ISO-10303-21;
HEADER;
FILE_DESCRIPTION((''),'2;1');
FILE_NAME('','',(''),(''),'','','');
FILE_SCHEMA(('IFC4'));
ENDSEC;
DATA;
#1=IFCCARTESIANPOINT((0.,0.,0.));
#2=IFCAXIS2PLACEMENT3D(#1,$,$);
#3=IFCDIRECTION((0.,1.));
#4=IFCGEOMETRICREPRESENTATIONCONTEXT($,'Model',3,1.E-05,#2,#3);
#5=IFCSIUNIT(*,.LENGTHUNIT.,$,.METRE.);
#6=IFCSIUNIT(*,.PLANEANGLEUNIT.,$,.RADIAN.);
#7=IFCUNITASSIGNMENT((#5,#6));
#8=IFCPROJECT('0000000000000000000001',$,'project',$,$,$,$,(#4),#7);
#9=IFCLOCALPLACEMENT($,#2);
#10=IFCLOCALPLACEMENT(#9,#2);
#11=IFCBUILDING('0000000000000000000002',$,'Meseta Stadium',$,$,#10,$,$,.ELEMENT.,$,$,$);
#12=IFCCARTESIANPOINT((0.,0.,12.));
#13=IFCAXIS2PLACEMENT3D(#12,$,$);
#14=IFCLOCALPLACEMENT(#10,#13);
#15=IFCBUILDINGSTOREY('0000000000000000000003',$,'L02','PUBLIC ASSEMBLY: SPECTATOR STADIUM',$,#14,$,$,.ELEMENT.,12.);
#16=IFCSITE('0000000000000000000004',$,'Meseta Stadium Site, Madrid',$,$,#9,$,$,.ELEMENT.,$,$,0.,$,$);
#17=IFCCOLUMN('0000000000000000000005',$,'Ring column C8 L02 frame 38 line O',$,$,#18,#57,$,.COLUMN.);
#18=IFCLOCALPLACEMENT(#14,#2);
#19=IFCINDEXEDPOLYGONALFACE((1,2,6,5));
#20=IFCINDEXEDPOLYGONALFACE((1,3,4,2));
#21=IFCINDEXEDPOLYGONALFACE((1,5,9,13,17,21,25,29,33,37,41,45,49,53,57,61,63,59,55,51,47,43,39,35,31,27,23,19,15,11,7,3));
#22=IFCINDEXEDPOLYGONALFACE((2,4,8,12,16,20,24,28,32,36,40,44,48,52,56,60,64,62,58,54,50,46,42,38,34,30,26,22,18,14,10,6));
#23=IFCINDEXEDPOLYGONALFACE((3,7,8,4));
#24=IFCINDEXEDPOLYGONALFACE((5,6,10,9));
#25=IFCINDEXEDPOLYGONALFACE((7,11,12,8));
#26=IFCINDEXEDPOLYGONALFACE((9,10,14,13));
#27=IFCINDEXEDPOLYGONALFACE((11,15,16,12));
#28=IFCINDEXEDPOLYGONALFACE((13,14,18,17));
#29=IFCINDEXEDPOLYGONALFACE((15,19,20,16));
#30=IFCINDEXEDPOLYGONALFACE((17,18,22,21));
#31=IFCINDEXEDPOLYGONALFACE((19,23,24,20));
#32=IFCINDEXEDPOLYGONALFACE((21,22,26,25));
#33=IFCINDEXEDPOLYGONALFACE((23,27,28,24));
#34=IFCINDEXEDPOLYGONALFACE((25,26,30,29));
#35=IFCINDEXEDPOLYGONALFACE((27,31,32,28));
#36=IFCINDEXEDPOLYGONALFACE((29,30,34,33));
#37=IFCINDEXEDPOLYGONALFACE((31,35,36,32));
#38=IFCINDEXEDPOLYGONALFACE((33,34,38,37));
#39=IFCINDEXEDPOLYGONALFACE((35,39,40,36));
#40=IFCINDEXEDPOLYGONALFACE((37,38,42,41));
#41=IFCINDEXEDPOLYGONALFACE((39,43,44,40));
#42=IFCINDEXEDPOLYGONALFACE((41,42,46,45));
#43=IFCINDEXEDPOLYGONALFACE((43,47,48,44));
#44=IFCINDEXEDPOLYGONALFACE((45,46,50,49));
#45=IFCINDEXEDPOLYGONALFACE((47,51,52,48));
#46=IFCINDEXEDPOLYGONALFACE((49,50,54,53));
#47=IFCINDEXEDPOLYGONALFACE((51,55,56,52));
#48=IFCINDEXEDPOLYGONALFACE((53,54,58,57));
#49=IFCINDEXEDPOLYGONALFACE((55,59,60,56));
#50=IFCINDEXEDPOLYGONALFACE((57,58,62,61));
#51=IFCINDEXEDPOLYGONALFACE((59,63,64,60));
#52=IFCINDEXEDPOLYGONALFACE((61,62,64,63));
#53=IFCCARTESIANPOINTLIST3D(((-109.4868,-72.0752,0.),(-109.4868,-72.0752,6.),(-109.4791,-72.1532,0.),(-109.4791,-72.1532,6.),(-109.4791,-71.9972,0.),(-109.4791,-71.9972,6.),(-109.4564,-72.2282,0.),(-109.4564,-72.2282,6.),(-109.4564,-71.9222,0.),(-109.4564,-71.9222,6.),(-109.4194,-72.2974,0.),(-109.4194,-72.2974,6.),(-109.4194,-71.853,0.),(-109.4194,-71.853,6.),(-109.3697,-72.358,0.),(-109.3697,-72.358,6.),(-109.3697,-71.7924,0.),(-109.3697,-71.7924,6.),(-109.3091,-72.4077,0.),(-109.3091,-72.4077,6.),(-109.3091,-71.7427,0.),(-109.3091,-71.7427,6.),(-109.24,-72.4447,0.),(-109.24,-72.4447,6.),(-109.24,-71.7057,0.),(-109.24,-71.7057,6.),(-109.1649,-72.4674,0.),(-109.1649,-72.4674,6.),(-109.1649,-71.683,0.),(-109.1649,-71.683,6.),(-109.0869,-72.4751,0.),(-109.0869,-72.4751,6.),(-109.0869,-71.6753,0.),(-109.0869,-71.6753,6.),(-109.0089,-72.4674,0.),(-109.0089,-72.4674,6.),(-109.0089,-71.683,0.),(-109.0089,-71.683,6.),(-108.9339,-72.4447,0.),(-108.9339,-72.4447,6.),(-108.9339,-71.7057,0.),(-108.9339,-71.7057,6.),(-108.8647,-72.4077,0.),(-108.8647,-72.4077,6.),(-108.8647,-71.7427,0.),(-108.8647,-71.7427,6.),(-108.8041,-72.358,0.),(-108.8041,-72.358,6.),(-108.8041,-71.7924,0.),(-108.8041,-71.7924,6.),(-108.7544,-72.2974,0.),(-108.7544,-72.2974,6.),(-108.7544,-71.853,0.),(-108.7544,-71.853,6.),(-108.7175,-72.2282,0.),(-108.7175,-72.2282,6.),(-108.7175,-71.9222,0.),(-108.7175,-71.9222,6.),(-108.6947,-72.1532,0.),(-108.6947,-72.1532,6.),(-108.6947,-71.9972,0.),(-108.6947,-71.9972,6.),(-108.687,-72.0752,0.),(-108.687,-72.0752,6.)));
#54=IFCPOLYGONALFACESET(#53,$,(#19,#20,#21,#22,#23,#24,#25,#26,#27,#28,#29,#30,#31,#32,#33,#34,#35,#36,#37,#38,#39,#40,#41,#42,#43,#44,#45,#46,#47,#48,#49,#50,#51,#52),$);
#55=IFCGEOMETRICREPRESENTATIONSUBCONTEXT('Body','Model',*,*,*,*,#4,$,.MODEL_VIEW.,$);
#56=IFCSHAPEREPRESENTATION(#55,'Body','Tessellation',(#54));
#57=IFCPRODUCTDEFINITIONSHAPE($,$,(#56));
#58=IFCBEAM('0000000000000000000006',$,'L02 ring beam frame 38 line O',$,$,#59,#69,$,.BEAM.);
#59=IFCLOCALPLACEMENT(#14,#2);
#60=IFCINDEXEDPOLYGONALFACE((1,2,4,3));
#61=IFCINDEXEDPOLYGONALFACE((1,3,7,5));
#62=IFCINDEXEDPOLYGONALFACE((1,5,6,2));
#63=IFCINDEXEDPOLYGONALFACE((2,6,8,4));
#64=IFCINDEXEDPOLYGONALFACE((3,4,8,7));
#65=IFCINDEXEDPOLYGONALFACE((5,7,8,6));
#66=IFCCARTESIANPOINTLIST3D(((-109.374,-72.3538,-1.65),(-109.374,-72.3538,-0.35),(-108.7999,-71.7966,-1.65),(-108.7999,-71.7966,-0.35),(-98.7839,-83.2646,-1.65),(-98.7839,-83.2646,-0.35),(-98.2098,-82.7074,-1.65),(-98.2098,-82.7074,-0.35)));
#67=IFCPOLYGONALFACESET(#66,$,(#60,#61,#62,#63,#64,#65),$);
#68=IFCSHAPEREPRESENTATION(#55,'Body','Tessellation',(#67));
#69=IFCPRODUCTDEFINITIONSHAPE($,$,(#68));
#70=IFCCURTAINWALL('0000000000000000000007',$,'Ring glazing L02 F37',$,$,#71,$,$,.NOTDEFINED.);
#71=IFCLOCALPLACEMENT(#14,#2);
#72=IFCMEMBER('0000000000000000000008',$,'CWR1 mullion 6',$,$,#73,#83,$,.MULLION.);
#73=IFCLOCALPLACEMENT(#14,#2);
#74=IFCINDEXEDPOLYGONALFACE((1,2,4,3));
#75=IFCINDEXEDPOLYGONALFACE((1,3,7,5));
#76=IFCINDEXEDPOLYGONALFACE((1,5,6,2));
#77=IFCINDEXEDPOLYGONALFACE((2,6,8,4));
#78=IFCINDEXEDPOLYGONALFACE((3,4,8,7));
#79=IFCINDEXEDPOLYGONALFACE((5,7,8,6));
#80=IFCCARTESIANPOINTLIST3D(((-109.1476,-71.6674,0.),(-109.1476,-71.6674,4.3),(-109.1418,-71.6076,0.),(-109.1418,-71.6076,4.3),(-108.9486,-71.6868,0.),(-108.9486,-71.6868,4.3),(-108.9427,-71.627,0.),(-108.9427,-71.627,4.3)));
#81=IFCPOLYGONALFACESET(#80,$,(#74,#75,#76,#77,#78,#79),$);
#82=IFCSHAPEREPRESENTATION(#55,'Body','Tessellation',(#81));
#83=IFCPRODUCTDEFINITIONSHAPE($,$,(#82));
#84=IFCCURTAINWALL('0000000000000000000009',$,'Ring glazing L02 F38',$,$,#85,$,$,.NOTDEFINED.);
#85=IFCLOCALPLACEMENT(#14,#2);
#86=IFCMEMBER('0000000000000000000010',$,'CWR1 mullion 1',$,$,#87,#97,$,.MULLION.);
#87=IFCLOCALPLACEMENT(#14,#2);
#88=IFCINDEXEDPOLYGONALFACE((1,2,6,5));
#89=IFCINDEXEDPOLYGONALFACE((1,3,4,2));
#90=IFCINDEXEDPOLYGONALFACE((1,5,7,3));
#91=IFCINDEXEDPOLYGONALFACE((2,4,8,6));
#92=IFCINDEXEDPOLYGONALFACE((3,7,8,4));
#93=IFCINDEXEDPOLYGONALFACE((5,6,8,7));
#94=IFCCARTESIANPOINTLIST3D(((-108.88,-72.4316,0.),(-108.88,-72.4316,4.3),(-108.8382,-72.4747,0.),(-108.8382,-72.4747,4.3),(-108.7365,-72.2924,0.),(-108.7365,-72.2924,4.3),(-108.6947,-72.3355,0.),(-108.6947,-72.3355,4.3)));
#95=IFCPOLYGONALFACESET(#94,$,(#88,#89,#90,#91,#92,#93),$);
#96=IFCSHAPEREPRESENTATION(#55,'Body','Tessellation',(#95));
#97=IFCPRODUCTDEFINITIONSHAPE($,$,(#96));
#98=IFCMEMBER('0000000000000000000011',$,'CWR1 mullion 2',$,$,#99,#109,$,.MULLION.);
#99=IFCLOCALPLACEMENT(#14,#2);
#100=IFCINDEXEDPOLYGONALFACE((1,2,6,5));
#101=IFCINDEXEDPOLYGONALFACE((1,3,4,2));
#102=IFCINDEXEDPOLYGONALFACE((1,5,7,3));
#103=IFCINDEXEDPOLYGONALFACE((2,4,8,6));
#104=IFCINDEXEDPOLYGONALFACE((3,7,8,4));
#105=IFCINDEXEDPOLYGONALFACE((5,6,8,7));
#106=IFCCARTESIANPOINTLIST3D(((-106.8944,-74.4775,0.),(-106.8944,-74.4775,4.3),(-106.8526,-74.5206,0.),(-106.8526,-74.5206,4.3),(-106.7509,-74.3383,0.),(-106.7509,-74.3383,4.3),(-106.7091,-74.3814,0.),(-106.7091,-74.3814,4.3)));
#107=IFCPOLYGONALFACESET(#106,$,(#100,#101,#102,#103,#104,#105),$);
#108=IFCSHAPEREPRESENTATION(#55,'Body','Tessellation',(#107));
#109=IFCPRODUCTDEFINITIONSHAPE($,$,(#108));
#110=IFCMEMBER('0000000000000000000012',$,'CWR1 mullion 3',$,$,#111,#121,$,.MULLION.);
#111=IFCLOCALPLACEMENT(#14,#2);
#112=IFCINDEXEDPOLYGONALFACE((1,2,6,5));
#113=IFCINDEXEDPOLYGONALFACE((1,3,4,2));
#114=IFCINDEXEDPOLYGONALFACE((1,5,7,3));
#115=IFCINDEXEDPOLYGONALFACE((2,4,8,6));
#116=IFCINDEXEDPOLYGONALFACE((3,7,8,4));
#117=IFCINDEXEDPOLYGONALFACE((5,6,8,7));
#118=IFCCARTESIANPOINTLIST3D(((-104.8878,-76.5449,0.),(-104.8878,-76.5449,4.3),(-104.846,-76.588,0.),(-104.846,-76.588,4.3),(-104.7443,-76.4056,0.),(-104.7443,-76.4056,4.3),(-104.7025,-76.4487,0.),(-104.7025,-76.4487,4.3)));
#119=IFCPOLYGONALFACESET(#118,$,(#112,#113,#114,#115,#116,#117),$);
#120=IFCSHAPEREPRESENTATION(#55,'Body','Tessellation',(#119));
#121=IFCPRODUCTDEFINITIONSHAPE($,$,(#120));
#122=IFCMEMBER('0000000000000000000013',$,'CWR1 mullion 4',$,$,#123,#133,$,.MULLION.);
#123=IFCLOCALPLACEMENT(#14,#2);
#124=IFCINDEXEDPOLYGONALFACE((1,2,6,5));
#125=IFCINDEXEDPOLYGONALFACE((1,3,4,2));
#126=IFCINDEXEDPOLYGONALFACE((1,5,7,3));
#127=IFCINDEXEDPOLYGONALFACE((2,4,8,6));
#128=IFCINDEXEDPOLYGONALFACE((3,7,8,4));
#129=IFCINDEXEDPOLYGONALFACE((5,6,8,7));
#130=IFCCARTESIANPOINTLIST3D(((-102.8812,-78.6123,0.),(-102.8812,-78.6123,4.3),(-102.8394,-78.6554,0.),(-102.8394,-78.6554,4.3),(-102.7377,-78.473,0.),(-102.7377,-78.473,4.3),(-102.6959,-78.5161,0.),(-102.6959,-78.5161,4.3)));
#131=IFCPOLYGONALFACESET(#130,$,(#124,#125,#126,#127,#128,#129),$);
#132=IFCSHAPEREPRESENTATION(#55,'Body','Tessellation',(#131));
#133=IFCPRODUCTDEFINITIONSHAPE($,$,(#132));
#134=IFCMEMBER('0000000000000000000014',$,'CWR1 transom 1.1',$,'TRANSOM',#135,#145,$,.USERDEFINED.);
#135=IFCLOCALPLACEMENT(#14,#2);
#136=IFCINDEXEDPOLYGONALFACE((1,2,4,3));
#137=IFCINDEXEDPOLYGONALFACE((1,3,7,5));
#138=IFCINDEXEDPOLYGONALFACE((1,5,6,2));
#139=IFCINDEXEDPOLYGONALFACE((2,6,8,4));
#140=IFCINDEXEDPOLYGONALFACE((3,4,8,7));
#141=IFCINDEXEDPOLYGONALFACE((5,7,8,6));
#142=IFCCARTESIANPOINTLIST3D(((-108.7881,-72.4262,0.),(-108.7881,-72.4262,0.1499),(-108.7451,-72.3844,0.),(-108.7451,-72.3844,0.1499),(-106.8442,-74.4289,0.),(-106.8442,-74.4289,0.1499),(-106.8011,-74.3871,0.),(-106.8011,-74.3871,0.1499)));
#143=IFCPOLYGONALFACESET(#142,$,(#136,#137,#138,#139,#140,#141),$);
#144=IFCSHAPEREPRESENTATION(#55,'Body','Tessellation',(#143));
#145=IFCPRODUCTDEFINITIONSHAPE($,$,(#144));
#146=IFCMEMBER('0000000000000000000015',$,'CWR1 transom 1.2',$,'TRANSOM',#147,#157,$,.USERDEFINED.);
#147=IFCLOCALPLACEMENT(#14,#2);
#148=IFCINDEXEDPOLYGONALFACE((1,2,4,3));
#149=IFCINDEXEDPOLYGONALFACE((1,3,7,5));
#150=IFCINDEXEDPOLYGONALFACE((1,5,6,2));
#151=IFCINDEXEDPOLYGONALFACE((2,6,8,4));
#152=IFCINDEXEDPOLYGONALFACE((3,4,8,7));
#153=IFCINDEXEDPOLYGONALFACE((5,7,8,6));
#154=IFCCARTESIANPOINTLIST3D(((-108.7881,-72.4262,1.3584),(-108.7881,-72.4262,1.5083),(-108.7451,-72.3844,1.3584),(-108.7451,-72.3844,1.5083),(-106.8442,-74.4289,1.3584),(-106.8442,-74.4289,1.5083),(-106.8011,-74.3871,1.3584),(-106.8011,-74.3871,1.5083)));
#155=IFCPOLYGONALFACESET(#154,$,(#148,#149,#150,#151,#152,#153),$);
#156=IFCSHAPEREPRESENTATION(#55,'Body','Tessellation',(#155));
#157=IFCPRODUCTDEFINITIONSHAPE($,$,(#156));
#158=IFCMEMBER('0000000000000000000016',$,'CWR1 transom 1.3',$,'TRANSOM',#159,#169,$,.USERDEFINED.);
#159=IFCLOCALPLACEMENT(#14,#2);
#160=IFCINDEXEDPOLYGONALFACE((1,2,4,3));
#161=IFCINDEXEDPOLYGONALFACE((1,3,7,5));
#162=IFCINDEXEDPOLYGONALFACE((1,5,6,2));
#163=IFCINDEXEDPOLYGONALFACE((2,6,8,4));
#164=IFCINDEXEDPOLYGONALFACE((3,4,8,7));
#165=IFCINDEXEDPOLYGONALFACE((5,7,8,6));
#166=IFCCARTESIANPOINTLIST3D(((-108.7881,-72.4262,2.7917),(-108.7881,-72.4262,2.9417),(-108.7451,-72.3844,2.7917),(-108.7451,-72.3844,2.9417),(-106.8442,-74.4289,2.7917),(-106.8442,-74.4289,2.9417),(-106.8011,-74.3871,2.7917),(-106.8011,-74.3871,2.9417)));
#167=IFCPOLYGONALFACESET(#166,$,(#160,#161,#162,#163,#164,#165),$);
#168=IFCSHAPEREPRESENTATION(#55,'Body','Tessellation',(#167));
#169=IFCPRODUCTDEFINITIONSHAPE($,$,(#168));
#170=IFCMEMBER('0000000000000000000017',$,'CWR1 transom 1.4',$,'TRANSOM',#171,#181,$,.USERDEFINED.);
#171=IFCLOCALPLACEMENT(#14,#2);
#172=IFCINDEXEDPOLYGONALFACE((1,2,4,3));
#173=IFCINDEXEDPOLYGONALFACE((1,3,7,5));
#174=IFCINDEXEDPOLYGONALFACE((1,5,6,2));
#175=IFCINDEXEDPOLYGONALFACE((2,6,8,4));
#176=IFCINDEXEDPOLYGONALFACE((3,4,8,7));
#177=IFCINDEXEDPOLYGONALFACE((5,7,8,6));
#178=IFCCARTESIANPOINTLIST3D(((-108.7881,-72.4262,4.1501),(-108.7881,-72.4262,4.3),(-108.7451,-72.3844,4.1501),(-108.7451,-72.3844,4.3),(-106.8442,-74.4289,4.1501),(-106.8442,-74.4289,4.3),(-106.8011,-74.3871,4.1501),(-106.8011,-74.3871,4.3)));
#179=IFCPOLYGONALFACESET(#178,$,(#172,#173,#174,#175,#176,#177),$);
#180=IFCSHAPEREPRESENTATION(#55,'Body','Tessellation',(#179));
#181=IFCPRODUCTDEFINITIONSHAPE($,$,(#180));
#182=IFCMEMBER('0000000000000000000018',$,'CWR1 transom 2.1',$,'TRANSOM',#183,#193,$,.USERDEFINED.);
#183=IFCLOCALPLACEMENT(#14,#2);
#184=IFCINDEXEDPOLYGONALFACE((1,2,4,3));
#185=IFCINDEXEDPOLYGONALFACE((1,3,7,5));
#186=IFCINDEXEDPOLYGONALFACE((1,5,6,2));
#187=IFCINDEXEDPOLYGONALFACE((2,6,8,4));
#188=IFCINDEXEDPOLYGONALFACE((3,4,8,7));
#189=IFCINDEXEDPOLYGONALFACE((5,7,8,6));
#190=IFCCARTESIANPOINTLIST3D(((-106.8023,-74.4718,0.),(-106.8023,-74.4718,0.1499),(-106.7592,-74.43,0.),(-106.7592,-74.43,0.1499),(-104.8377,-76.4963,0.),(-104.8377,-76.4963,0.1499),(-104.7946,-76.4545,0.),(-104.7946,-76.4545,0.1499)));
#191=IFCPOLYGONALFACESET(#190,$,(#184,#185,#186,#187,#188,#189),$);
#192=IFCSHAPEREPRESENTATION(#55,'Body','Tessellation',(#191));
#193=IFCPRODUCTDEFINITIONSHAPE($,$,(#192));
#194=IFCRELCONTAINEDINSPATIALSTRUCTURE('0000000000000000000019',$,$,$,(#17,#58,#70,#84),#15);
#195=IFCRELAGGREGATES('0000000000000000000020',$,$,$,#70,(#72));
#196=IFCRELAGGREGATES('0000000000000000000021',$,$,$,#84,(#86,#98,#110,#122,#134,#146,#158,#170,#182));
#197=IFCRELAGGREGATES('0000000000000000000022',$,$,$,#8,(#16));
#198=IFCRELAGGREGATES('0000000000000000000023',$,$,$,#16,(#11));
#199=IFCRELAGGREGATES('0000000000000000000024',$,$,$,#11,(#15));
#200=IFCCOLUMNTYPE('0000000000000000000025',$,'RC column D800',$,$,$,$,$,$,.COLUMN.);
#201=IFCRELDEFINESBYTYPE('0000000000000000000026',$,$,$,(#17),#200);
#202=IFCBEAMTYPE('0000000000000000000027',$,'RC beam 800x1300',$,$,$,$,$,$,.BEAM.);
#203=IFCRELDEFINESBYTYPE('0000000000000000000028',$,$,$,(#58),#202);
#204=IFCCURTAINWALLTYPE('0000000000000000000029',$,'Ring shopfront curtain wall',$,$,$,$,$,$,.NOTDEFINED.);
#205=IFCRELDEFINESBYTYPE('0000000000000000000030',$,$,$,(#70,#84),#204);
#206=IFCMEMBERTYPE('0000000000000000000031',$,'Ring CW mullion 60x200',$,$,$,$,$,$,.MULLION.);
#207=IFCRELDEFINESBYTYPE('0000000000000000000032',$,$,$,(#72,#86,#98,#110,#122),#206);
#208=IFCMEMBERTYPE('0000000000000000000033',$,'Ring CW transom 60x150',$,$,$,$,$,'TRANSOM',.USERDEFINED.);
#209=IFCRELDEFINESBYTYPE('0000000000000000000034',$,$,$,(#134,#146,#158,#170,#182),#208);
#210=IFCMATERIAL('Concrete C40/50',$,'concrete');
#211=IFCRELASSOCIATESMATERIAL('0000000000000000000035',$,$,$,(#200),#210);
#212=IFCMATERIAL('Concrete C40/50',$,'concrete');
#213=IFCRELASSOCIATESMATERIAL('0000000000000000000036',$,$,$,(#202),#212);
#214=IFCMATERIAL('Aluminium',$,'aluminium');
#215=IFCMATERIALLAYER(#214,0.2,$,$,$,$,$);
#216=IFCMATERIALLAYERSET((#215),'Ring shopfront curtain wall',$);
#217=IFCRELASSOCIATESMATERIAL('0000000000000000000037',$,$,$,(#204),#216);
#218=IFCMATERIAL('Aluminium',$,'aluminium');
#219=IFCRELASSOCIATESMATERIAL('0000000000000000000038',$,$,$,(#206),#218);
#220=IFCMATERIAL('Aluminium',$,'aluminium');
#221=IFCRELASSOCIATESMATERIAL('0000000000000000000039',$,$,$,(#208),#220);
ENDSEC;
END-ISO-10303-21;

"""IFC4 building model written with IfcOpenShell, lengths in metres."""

from ifc_helpers import new_model, si_unit, direction, frame, origin, origin_2d, place, context, subcontext, project, spatial, rectangle, circle, extrude, material, layer, layer_set, material_profile, profile_set, type_object, element, aggregate, save


model = new_model("IFC4")

# Units and contexts
model_context = context("Model", 3, precision=1e-05, world=origin(), true_north=direction((0.0, 1.0)))
body_context = subcontext(model_context, "Body", "Model", "MODEL_VIEW")
ifc_project = project(units=[si_unit("LENGTHUNIT", "METRE"), si_unit("PLANEANGLEUNIT", "RADIAN")], contexts=[model_context])

# Site, building, storey
site_placement = place(None, origin())
site = spatial("IfcSite", under=ifc_project, at=site_placement, Name="Meseta Stadium Site, Madrid", CompositionType="ELEMENT", RefElevation=0.0)
building_placement = place(site_placement, origin())
building = spatial("IfcBuilding", under=site, at=building_placement, Name="Meseta Stadium", CompositionType="ELEMENT")
storey_placement = place(building_placement, frame((0.0, 0.0, 12.0)))
storey = spatial("IfcBuildingStorey", under=building, at=storey_placement, Name="L02", Description="PUBLIC ASSEMBLY: SPECTATOR STADIUM", CompositionType="ELEMENT", Elevation=12.0)

# Column
ifc_material_1 = material(Name="Concrete C40/50", Category="concrete")
ifc_material_profile_1 = material_profile(ifc_material_1, circle(Radius=0.3999, at=origin_2d()), Name="RC D800")
ifc_profile_set_1 = profile_set([ifc_material_profile_1], Name="Concrete C40/50")
column_type = type_object("IfcColumnType", Name="RC column D800", PredefinedType="COLUMN", material=ifc_profile_set_1)
column_placement = place(storey_placement, frame((-109.0869, -72.0752, 0.0), z_axis=(0.0, 0.0, 1.0), x_axis=(1.0, 0.0, 0.0)))
element("IfcColumn", 1, at=column_placement, inside=storey, type_object=column_type, Name="Ring column C8 L02 frame 38 line O", PredefinedType="COLUMN", context=body_context, shape_type="SweptSolid", body=[
    extrude(circle(Radius=0.3999, at=origin_2d()), origin(), (0.0, 0.0, 1.0), 6.0),
])

# Beam
ifc_material_2 = material(Name="Concrete C40/50", Category="concrete")
ifc_material_profile_2 = material_profile(ifc_material_2, rectangle(XDim=0.8, YDim=1.3, at=origin_2d()), Name="RC 800x1300")
ifc_profile_set_2 = profile_set([ifc_material_profile_2], Name="Concrete C40/50")
beam_type = type_object("IfcBeamType", Name="RC beam 800x1300", PredefinedType="BEAM", material=ifc_profile_set_2)
beam_placement = place(storey_placement, frame((-109.0869, -72.0752, -1.0), z_axis=(0.696479, -0.717577, 0.0), x_axis=(0.717577, 0.696479, 0.0)))
element("IfcBeam", 2, at=beam_placement, inside=storey, type_object=beam_type, Name="L02 ring beam frame 38 line O", PredefinedType="BEAM", context=body_context, shape_type="SweptSolid", body=[
    extrude(rectangle(XDim=0.8, YDim=1.3, at=origin_2d()), origin(), (0.0, 0.0, 1.0), 15.2051),
])

# Curtain wall, member
ifc_material_3 = material(Name="Aluminium", Category="aluminium")
ifc_layer_1 = layer(ifc_material_3, 0.2)
ifc_layer_set_1 = layer_set([ifc_layer_1], Name="Ring shopfront curtain wall")
curtain_wall_type = type_object("IfcCurtainWallType", Name="Ring shopfront curtain wall", PredefinedType="NOTDEFINED", material=ifc_layer_set_1)
curtain_wall_1_placement = place(storey_placement, origin())
curtain_wall_1 = element("IfcCurtainWall", 3, at=curtain_wall_1_placement, inside=storey, type_object=curtain_wall_type, Name="Ring glazing L02 F37", PredefinedType="NOTDEFINED")
ifc_material_4 = material(Name="Aluminium", Category="aluminium")
ifc_material_profile_3 = material_profile(ifc_material_4, rectangle(XDim=0.2, YDim=0.0601, at=origin_2d()), Name="CW 200x60")
ifc_profile_set_3 = profile_set([ifc_material_profile_3], Name="Aluminium")
member_type_1 = type_object("IfcMemberType", Name="Ring CW mullion 60x200", PredefinedType="MULLION", material=ifc_profile_set_3)
member_1_placement = place(storey_placement, frame((-109.0452, -71.6472, 0.0), z_axis=(0.0, 0.0, 1.0), x_axis=(0.995272, -0.097125, 0.0)))
member_1 = element("IfcMember", 4, at=member_1_placement, type_object=member_type_1, Name="CWR1 mullion 6", PredefinedType="MULLION", context=body_context, shape_type="SweptSolid", body=[
    extrude(rectangle(XDim=0.2, YDim=0.0601, at=origin_2d()), origin(), (0.0, 0.0, 1.0), 4.3),
])
aggregate(curtain_wall_1, [member_1])

# Curtain wall, members
curtain_wall_2_placement = place(storey_placement, origin())
curtain_wall_2 = element("IfcCurtainWall", 5, at=curtain_wall_2_placement, inside=storey, type_object=curtain_wall_type, Name="Ring glazing L02 F38", PredefinedType="NOTDEFINED")
member_2_placement = place(storey_placement, frame((-108.7874, -72.3835, 0.0), z_axis=(0.0, 0.0, 1.0), x_axis=(0.717583, 0.696473, 0.0)))
member_2 = element("IfcMember", 6, at=member_2_placement, type_object=member_type_1, Name="CWR1 mullion 1", PredefinedType="MULLION", context=body_context, shape_type="SweptSolid", body=[
    extrude(rectangle(XDim=0.2, YDim=0.0601, at=origin_2d()), origin(), (0.0, 0.0, 1.0), 4.3),
])
member_3_placement = place(storey_placement, frame((-106.8018, -74.4294, 0.0), z_axis=(0.0, 0.0, 1.0), x_axis=(0.717583, 0.696473, 0.0)))
member_3 = element("IfcMember", 7, at=member_3_placement, type_object=member_type_1, Name="CWR1 mullion 2", PredefinedType="MULLION", context=body_context, shape_type="SweptSolid", body=[
    extrude(rectangle(XDim=0.2, YDim=0.0601, at=origin_2d()), origin(), (0.0, 0.0, 1.0), 4.3),
])
member_4_placement = place(storey_placement, frame((-104.7952, -76.4968, 0.0), z_axis=(0.0, 0.0, 1.0), x_axis=(0.717583, 0.696473, 0.0)))
member_4 = element("IfcMember", 8, at=member_4_placement, type_object=member_type_1, Name="CWR1 mullion 3", PredefinedType="MULLION", context=body_context, shape_type="SweptSolid", body=[
    extrude(rectangle(XDim=0.2, YDim=0.0601, at=origin_2d()), origin(), (0.0, 0.0, 1.0), 4.3),
])
member_5_placement = place(storey_placement, frame((-102.7886, -78.5642, 0.0), z_axis=(0.0, 0.0, 1.0), x_axis=(0.717583, 0.696473, 0.0)))
member_5 = element("IfcMember", 9, at=member_5_placement, type_object=member_type_1, Name="CWR1 mullion 4", PredefinedType="MULLION", context=body_context, shape_type="SweptSolid", body=[
    extrude(rectangle(XDim=0.2, YDim=0.0601, at=origin_2d()), origin(), (0.0, 0.0, 1.0), 4.3),
])
ifc_material_5 = material(Name="Aluminium", Category="aluminium")
ifc_material_profile_4 = material_profile(ifc_material_5, rectangle(XDim=0.0601, YDim=0.1499, at=origin_2d()), Name="CW 60x150")
ifc_profile_set_4 = profile_set([ifc_material_profile_4], Name="Aluminium")
member_type_2 = type_object("IfcMemberType", Name="Ring CW transom 60x150", ElementType="TRANSOM", PredefinedType="USERDEFINED", material=ifc_profile_set_4)
member_6_placement = place(storey_placement, frame((-108.7666, -72.4053, 0.075), z_axis=(0.696487, -0.717569, 0.0), x_axis=(0.717569, 0.696487, 0.0)))
member_6 = element("IfcMember", 10, at=member_6_placement, type_object=member_type_2, Name="CWR1 transom 1.1", ObjectType="TRANSOM", PredefinedType="USERDEFINED", context=body_context, shape_type="SweptSolid", body=[
    extrude(rectangle(XDim=0.0601, YDim=0.1499, at=origin_2d()), origin(), (0.0, 0.0, 1.0), 2.791),
])
member_7_placement = place(storey_placement, frame((-108.7666, -72.4053, 1.4333), z_axis=(0.696487, -0.717569, 0.0), x_axis=(0.717569, 0.696487, 0.0)))
member_7 = element("IfcMember", 11, at=member_7_placement, type_object=member_type_2, Name="CWR1 transom 1.2", ObjectType="TRANSOM", PredefinedType="USERDEFINED", context=body_context, shape_type="SweptSolid", body=[
    extrude(rectangle(XDim=0.0601, YDim=0.1499, at=origin_2d()), origin(), (0.0, 0.0, 1.0), 2.791),
])
member_8_placement = place(storey_placement, frame((-108.7666, -72.4053, 2.8667), z_axis=(0.696487, -0.717569, 0.0), x_axis=(0.717569, 0.696487, 0.0)))
member_8 = element("IfcMember", 12, at=member_8_placement, type_object=member_type_2, Name="CWR1 transom 1.3", ObjectType="TRANSOM", PredefinedType="USERDEFINED", context=body_context, shape_type="SweptSolid", body=[
    extrude(rectangle(XDim=0.0601, YDim=0.1499, at=origin_2d()), origin(), (0.0, 0.0, 1.0), 2.791),
])
member_9_placement = place(storey_placement, frame((-108.7666, -72.4053, 4.2251), z_axis=(0.696487, -0.717569, 0.0), x_axis=(0.717569, 0.696487, 0.0)))
member_9 = element("IfcMember", 13, at=member_9_placement, type_object=member_type_2, Name="CWR1 transom 1.4", ObjectType="TRANSOM", PredefinedType="USERDEFINED", context=body_context, shape_type="SweptSolid", body=[
    extrude(rectangle(XDim=0.0601, YDim=0.1499, at=origin_2d()), origin(), (0.0, 0.0, 1.0), 2.791),
])
member_10_placement = place(storey_placement, frame((-106.7808, -74.4509, 0.075), z_axis=(0.696426, -0.717629, 0.0), x_axis=(0.717629, 0.696426, 0.0)))
member_10 = element("IfcMember", 14, at=member_10_placement, type_object=member_type_2, Name="CWR1 transom 2.1", ObjectType="TRANSOM", PredefinedType="USERDEFINED", context=body_context, shape_type="SweptSolid", body=[
    extrude(rectangle(XDim=0.0601, YDim=0.1499, at=origin_2d()), origin(), (0.0, 0.0, 1.0), 2.821),
])
aggregate(curtain_wall_2, [member_2, member_3, member_4, member_5, member_6, member_7, member_8, member_9, member_10])

save(model, "model.ifc")
